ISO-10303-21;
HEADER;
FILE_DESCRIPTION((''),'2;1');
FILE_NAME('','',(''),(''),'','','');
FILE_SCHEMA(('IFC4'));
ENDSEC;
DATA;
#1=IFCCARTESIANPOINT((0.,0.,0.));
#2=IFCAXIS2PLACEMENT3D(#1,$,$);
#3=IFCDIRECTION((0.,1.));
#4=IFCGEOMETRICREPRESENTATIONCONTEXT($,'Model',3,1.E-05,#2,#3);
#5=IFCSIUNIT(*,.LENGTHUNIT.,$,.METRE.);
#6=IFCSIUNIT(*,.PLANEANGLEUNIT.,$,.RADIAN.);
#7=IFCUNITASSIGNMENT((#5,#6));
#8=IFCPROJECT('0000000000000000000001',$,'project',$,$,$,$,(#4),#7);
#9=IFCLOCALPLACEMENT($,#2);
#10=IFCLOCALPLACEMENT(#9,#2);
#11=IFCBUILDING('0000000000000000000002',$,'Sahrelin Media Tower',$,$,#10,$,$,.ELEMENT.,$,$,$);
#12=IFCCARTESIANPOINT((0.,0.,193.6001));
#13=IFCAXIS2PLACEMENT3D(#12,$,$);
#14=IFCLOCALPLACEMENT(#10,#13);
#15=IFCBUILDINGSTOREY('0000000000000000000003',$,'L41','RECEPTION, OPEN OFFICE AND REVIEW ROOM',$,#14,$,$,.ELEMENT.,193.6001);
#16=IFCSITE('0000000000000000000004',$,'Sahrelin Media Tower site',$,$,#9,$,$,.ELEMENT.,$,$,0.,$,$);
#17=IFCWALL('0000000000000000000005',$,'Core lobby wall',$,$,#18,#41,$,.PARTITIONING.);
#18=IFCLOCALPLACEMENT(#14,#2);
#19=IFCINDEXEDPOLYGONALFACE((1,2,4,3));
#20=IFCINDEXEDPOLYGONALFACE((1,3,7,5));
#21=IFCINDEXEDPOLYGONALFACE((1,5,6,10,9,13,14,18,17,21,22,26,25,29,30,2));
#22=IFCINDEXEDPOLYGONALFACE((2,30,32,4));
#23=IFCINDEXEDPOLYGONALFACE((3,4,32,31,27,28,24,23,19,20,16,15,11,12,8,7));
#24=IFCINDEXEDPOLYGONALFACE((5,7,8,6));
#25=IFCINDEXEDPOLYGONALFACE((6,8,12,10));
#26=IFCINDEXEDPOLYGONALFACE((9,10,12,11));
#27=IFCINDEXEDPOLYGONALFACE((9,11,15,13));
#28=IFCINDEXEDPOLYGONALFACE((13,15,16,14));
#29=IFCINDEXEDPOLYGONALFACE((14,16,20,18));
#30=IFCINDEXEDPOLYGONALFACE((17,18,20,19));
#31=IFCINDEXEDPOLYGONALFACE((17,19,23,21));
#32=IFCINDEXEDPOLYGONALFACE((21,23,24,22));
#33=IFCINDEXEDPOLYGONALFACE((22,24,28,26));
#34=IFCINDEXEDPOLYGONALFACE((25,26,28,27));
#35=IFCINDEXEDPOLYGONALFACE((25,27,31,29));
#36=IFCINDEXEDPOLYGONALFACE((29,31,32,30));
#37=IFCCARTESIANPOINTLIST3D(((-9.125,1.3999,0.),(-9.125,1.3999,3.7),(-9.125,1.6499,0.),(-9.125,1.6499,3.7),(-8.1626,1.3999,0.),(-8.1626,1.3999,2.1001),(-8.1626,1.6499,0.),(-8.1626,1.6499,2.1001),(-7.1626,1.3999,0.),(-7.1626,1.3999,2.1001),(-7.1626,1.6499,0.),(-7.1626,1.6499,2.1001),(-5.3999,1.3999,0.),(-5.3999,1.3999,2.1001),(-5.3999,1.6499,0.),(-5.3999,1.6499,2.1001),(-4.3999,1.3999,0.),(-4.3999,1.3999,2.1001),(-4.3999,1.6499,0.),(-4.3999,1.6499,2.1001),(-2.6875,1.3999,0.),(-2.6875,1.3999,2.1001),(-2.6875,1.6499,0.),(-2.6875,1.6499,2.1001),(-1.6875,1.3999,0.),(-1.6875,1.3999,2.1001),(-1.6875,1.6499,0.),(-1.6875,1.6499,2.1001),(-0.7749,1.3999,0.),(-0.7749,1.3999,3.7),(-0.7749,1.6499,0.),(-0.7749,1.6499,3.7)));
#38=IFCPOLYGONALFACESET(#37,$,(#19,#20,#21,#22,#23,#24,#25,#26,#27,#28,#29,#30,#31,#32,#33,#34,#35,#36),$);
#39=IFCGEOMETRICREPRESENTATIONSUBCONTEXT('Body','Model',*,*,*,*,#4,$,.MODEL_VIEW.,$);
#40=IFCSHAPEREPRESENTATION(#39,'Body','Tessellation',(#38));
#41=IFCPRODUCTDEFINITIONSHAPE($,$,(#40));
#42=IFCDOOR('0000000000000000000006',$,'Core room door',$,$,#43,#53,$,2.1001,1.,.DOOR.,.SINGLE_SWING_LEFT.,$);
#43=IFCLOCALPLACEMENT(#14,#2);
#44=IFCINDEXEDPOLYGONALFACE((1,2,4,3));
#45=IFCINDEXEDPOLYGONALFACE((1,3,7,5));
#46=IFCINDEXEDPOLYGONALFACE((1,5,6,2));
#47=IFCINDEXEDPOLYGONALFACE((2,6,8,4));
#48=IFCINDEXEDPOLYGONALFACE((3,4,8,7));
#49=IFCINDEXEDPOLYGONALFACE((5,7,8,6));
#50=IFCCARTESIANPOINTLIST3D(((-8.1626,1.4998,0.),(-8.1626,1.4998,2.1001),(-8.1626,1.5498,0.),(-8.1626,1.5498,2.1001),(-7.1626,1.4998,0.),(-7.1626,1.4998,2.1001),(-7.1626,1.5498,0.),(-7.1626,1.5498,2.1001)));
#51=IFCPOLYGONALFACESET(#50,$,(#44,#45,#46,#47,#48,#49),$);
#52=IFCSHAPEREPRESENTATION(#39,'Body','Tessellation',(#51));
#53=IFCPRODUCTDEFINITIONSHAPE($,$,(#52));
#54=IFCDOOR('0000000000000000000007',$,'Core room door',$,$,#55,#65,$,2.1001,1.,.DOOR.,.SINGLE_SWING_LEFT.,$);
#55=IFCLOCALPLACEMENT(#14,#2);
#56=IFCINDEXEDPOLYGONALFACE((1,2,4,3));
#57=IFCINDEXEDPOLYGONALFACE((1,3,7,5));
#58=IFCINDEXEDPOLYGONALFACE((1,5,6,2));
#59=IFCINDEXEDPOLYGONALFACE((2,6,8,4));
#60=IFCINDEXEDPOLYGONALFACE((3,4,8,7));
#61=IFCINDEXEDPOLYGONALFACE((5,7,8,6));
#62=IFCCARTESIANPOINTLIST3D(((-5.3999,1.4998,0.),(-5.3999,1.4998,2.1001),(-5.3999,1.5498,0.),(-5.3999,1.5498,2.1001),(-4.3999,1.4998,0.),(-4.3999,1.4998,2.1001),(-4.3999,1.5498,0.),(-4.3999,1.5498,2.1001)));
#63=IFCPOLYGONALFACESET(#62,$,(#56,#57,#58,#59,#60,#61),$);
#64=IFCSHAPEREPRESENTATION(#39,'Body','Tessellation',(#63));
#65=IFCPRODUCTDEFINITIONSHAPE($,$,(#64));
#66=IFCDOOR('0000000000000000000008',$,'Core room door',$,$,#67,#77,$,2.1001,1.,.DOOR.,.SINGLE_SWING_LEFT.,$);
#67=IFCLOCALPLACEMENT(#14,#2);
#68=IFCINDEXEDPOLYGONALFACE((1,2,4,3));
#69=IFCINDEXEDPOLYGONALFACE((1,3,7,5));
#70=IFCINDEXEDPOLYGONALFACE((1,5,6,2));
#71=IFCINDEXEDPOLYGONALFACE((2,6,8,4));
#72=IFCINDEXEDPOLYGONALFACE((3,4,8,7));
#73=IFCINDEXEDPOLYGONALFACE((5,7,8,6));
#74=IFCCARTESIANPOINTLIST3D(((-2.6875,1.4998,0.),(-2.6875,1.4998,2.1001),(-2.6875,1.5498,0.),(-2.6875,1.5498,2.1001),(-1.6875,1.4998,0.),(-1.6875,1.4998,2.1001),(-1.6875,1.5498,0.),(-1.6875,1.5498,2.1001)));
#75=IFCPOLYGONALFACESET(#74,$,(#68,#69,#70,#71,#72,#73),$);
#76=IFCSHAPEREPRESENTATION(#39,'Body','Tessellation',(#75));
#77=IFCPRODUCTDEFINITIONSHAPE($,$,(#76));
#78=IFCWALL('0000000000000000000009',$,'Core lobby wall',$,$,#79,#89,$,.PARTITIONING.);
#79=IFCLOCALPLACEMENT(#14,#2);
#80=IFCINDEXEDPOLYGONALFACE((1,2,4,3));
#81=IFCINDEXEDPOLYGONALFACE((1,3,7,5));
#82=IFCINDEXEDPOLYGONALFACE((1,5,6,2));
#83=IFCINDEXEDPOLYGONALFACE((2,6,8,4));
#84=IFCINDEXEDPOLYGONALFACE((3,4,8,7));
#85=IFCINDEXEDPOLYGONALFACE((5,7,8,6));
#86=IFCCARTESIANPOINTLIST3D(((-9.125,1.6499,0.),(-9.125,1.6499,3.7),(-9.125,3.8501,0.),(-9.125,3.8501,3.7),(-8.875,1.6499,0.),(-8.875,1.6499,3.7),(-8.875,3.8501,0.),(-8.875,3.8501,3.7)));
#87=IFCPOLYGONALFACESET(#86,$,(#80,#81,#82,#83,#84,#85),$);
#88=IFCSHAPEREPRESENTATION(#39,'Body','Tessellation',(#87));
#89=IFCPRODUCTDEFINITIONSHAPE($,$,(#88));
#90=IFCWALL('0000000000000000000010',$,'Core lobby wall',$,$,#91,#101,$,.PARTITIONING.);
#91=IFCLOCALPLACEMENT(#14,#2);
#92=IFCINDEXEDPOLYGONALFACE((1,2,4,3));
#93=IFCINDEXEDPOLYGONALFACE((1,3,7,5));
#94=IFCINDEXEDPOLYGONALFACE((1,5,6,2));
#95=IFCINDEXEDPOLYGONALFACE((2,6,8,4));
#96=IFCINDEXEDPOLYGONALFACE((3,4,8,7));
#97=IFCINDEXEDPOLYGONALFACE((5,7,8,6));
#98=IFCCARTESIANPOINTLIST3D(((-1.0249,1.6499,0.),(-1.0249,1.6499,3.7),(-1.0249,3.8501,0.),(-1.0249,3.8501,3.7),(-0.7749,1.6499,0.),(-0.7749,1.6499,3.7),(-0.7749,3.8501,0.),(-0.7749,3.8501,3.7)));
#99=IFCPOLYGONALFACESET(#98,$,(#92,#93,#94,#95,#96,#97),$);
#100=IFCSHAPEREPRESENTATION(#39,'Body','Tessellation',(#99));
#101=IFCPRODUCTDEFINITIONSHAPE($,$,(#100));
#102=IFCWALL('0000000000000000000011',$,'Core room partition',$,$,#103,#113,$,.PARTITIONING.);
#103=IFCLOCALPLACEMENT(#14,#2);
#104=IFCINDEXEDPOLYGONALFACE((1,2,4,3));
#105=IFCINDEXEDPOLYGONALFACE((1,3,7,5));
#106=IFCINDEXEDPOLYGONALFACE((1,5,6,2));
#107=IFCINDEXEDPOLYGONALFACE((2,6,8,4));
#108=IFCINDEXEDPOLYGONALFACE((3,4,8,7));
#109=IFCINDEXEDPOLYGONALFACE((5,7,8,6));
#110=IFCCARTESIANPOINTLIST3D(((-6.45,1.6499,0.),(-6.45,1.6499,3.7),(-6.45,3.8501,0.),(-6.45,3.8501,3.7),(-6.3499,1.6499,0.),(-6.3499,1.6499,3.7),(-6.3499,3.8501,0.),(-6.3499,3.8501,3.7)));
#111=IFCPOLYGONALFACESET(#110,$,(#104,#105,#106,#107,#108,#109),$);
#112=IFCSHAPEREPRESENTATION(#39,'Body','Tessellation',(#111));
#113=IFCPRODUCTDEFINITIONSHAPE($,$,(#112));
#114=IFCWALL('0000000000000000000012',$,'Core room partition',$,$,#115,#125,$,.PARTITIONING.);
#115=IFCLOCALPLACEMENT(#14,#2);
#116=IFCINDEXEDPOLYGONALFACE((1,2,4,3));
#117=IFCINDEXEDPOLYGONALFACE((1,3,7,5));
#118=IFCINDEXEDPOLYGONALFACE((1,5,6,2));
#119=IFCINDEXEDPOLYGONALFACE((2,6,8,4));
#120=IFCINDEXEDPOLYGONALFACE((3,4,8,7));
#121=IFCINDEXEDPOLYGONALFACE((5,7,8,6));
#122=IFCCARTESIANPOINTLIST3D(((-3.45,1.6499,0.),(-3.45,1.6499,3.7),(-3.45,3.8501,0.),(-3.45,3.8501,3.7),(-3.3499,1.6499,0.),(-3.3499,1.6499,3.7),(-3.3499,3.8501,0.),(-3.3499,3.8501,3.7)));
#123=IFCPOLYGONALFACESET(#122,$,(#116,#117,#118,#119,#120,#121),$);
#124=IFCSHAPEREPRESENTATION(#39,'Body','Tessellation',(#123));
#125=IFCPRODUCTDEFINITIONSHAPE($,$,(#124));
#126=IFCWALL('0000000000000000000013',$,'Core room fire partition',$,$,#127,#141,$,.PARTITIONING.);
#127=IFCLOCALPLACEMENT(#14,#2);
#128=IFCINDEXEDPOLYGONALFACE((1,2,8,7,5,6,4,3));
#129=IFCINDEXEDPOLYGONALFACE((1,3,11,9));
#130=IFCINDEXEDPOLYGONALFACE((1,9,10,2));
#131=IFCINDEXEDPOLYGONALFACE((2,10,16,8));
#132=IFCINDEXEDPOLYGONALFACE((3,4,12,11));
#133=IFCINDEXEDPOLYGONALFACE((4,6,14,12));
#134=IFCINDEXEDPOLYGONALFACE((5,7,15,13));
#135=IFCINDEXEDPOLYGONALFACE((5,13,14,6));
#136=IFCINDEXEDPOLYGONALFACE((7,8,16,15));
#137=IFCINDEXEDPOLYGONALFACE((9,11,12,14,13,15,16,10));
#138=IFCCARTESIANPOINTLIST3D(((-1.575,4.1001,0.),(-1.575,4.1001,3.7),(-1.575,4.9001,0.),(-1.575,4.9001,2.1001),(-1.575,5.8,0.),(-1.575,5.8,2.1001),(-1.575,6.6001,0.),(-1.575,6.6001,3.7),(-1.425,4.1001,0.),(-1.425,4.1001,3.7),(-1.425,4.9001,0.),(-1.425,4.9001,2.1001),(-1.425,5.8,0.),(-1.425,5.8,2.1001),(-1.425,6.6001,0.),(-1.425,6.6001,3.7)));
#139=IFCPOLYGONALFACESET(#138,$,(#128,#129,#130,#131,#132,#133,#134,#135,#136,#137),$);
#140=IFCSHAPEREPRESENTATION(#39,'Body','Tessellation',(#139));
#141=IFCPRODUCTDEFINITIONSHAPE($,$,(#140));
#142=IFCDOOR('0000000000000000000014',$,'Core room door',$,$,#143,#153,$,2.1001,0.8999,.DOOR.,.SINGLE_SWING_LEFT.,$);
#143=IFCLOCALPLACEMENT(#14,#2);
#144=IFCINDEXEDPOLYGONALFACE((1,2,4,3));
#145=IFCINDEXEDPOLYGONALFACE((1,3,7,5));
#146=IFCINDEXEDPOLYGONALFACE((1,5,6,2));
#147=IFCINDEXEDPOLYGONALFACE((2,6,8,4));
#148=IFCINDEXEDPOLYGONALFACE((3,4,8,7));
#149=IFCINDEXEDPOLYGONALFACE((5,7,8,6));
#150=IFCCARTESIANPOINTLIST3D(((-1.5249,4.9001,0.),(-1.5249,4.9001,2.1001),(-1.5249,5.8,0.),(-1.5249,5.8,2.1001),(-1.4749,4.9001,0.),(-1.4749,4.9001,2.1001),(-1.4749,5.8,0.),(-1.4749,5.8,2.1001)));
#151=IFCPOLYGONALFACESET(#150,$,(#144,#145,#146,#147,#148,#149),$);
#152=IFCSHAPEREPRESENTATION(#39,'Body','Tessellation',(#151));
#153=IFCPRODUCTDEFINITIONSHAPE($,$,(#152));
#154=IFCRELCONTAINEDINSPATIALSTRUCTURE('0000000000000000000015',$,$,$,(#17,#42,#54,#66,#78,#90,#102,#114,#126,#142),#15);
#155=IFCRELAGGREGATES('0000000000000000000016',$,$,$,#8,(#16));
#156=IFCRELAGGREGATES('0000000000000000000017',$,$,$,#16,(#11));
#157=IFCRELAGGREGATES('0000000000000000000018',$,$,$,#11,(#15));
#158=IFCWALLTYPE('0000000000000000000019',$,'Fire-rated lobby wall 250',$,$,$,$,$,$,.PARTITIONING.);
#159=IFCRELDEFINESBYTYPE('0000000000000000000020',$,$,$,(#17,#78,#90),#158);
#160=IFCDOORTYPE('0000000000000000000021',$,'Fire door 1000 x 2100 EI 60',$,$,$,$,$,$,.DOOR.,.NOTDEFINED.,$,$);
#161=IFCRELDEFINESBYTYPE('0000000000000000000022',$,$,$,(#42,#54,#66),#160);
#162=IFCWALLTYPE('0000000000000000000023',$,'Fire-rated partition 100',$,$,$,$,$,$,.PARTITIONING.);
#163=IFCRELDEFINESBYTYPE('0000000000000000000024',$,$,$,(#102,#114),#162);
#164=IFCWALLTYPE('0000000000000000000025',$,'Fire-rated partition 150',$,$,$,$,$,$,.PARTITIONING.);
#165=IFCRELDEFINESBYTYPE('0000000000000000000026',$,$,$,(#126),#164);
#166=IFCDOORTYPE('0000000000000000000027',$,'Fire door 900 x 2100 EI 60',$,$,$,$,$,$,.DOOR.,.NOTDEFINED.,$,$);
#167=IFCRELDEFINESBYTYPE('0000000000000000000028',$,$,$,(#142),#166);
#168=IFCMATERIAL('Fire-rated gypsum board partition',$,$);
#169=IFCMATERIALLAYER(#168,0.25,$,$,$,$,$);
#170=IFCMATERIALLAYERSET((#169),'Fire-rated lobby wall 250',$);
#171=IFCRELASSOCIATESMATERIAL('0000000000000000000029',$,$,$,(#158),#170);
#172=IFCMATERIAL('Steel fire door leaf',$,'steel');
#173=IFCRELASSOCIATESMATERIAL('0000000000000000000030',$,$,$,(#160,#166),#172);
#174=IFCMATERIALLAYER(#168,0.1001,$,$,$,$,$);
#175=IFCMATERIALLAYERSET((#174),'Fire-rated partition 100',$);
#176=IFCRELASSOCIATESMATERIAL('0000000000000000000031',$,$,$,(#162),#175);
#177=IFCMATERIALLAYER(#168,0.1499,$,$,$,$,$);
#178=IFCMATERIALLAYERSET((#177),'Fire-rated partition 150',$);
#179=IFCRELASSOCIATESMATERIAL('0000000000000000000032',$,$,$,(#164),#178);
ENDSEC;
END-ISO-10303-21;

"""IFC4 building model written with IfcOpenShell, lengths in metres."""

from ifc_helpers import new_model, si_unit, direction, frame, frame_2d, origin, place, context, subcontext, project, spatial, rectangle, extrude, material, layer, layer_set, type_object, element, fill, save


model = new_model("IFC4")

# Units and contexts
model_context = context("Model", 3, precision=1e-05, world=origin(), true_north=direction((0.0, 1.0)))
body_context = subcontext(model_context, "Body", "Model", "MODEL_VIEW")
ifc_project = project(units=[si_unit("LENGTHUNIT", "METRE"), si_unit("PLANEANGLEUNIT", "RADIAN")], contexts=[model_context])

# Site, building, storey
site_placement = place(None, origin())
site = spatial("IfcSite", under=ifc_project, at=site_placement, Name="Sahrelin Media Tower site", CompositionType="ELEMENT", RefElevation=0.0)
building_placement = place(site_placement, origin())
building = spatial("IfcBuilding", under=site, at=building_placement, Name="Sahrelin Media Tower", CompositionType="ELEMENT")
storey_placement = place(building_placement, frame((0.0, 0.0, 193.6001)))
storey = spatial("IfcBuildingStorey", under=building, at=storey_placement, Name="L41", Description="RECEPTION, OPEN OFFICE AND REVIEW ROOM", CompositionType="ELEMENT", Elevation=193.6001)

# Shared definitions
ifc_material_1 = material(Name="Fire-rated gypsum board partition")
ifc_layer_1 = layer(ifc_material_1, 0.25)
ifc_layer_set_1 = layer_set([ifc_layer_1], Name="Fire-rated lobby wall 250")
wall_type_1 = type_object("IfcWallType", Name="Fire-rated lobby wall 250", PredefinedType="PARTITIONING", material=ifc_layer_set_1)
ifc_material_2 = material(Name="Steel fire door leaf", Category="steel")

# Wall, openings, doors
wall_1_placement = place(storey_placement, frame((-9.125, 1.5249, 0.0), z_axis=(0.0, 0.0, 1.0), x_axis=(1.0, 0.0, 0.0)))
wall_1 = element("IfcWall", 1, at=wall_1_placement, inside=storey, type_object=wall_type_1, Name="Core lobby wall", PredefinedType="PARTITIONING", context=body_context, shape_type="SweptSolid", body=[
    extrude(rectangle(XDim=8.3501, YDim=0.25, at=frame_2d((4.175, 0.0))), origin(), (0.0, 0.0, 1.0), 3.7),
])
opening_1_placement = place(wall_1_placement, frame((0.9624, 0.0, 0.0)))
opening_1 = element("IfcOpeningElement", 2, at=opening_1_placement, cuts=wall_1, PredefinedType="OPENING", context=body_context, shape_type="SweptSolid", body=[
    extrude(rectangle(XDim=1.0, YDim=2.1001, at=frame_2d((0.5, 1.05))), frame((0.0, 0.125, 0.0), z_axis=(0.0, -1.0, 0.0), x_axis=(1.0, 0.0, 0.0)), (0.0, 0.0, 1.0), 0.25),
])
opening_2_placement = place(wall_1_placement, frame((3.7251, 0.0, 0.0)))
opening_2 = element("IfcOpeningElement", 3, at=opening_2_placement, cuts=wall_1, PredefinedType="OPENING", context=body_context, shape_type="SweptSolid", body=[
    extrude(rectangle(XDim=1.0, YDim=2.1001, at=frame_2d((0.5, 1.05))), frame((0.0, 0.125, 0.0), z_axis=(0.0, -1.0, 0.0), x_axis=(1.0, 0.0, 0.0)), (0.0, 0.0, 1.0), 0.25),
])
opening_3_placement = place(wall_1_placement, frame((6.4375, 0.0, 0.0)))
opening_3 = element("IfcOpeningElement", 4, at=opening_3_placement, cuts=wall_1, PredefinedType="OPENING", context=body_context, shape_type="SweptSolid", body=[
    extrude(rectangle(XDim=1.0, YDim=2.1001, at=frame_2d((0.5, 1.05))), frame((0.0, 0.125, 0.0), z_axis=(0.0, -1.0, 0.0), x_axis=(1.0, 0.0, 0.0)), (0.0, 0.0, 1.0), 0.25),
])
door_type_1 = type_object("IfcDoorType", Name="Fire door 1000 x 2100 EI 60", OperationType="NOTDEFINED", PredefinedType="DOOR", material=ifc_material_2)
door_1_placement = place(opening_1_placement, origin())
door_1 = element("IfcDoor", 5, at=door_1_placement, inside=storey, type_object=door_type_1, Name="Core room door", OperationType="SINGLE_SWING_LEFT", OverallHeight=2.1001, OverallWidth=1.0, PredefinedType="DOOR", context=body_context, shape_type="SweptSolid", body=[
    extrude(rectangle(XDim=1.0, YDim=2.1001, at=frame_2d((0.5, 1.05))), frame((0.0, 0.0249, 0.0), z_axis=(0.0, -1.0, 0.0), x_axis=(1.0, 0.0, 0.0)), (0.0, 0.0, 1.0), 0.05),
])
fill(opening_1, door_1)
door_2_placement = place(opening_2_placement, origin())
door_2 = element("IfcDoor", 6, at=door_2_placement, inside=storey, type_object=door_type_1, Name="Core room door", OperationType="SINGLE_SWING_LEFT", OverallHeight=2.1001, OverallWidth=1.0, PredefinedType="DOOR", context=body_context, shape_type="SweptSolid", body=[
    extrude(rectangle(XDim=1.0, YDim=2.1001, at=frame_2d((0.5, 1.05))), frame((0.0, 0.0249, 0.0), z_axis=(0.0, -1.0, 0.0), x_axis=(1.0, 0.0, 0.0)), (0.0, 0.0, 1.0), 0.05),
])
fill(opening_2, door_2)
door_3_placement = place(opening_3_placement, origin())
door_3 = element("IfcDoor", 7, at=door_3_placement, inside=storey, type_object=door_type_1, Name="Core room door", OperationType="SINGLE_SWING_LEFT", OverallHeight=2.1001, OverallWidth=1.0, PredefinedType="DOOR", context=body_context, shape_type="SweptSolid", body=[
    extrude(rectangle(XDim=1.0, YDim=2.1001, at=frame_2d((0.5, 1.05))), frame((0.0, 0.0249, 0.0), z_axis=(0.0, -1.0, 0.0), x_axis=(1.0, 0.0, 0.0)), (0.0, 0.0, 1.0), 0.05),
])
fill(opening_3, door_3)

# Walls
for number, where, z_axis, x_axis, name in (
    (8, (-9.0, 1.6499, 0.0), (0.0, 0.0, 1.0), (0.0, 1.0, 0.0), "Core lobby wall"),
    (9, (-0.8999, 1.6499, 0.0), (0.0, 0.0, 1.0), (0.0, 1.0, 0.0), "Core lobby wall"),
):
    element("IfcWall", number, at=place(storey_placement, frame(where, z_axis=z_axis, x_axis=x_axis)), inside=storey, type_object=wall_type_1, Name=name, PredefinedType="PARTITIONING", context=body_context, shape_type="SweptSolid", body=[
        extrude(rectangle(XDim=2.2002, YDim=0.25, at=frame_2d((1.1001, 0.0))), origin(), (0.0, 0.0, 1.0), 3.7),
    ])
ifc_layer_2 = layer(ifc_material_1, 0.1001)
ifc_layer_set_2 = layer_set([ifc_layer_2], Name="Fire-rated partition 100")
wall_type_2 = type_object("IfcWallType", Name="Fire-rated partition 100", PredefinedType="PARTITIONING", material=ifc_layer_set_2)
for number, where, z_axis, x_axis, name in (
    (10, (-6.3999, 1.6499, 0.0), (0.0, 0.0, 1.0), (0.0, 1.0, 0.0), "Core room partition"),
    (11, (-3.3999, 1.6499, 0.0), (0.0, 0.0, 1.0), (0.0, 1.0, 0.0), "Core room partition"),
):
    element("IfcWall", number, at=place(storey_placement, frame(where, z_axis=z_axis, x_axis=x_axis)), inside=storey, type_object=wall_type_2, Name=name, PredefinedType="PARTITIONING", context=body_context, shape_type="SweptSolid", body=[
        extrude(rectangle(XDim=2.2002, YDim=0.1001, at=frame_2d((1.1001, 0.0))), origin(), (0.0, 0.0, 1.0), 3.7),
    ])

# Wall, opening, door
ifc_layer_3 = layer(ifc_material_1, 0.1499)
ifc_layer_set_3 = layer_set([ifc_layer_3], Name="Fire-rated partition 150")
wall_type_3 = type_object("IfcWallType", Name="Fire-rated partition 150", PredefinedType="PARTITIONING", material=ifc_layer_set_3)
wall_2_placement = place(storey_placement, frame((-1.5, 4.1001, 0.0), z_axis=(0.0, 0.0, 1.0), x_axis=(0.0, 1.0, 0.0)))
wall_2 = element("IfcWall", 12, at=wall_2_placement, inside=storey, type_object=wall_type_3, Name="Core room fire partition", PredefinedType="PARTITIONING", context=body_context, shape_type="SweptSolid", body=[
    extrude(rectangle(XDim=2.5, YDim=0.1499, at=frame_2d((1.25, 0.0))), origin(), (0.0, 0.0, 1.0), 3.7),
])
opening_4_placement = place(wall_2_placement, frame((0.8, 0.0, 0.0)))
opening_4 = element("IfcOpeningElement", 13, at=opening_4_placement, cuts=wall_2, PredefinedType="OPENING", context=body_context, shape_type="SweptSolid", body=[
    extrude(rectangle(XDim=0.8999, YDim=2.1001, at=frame_2d((0.45, 1.05))), frame((0.0, 0.075, 0.0), z_axis=(0.0, -1.0, 0.0), x_axis=(1.0, 0.0, 0.0)), (0.0, 0.0, 1.0), 0.1499),
])
door_type_2 = type_object("IfcDoorType", Name="Fire door 900 x 2100 EI 60", OperationType="NOTDEFINED", PredefinedType="DOOR", material=ifc_material_2)
door_4_placement = place(opening_4_placement, origin())
door_4 = element("IfcDoor", 14, at=door_4_placement, inside=storey, type_object=door_type_2, Name="Core room door", OperationType="SINGLE_SWING_LEFT", OverallHeight=2.1001, OverallWidth=0.8999, PredefinedType="DOOR", context=body_context, shape_type="SweptSolid", body=[
    extrude(rectangle(XDim=0.8999, YDim=2.1001, at=frame_2d((0.45, 1.05))), frame((0.0, 0.0249, 0.0), z_axis=(0.0, -1.0, 0.0), x_axis=(1.0, 0.0, 0.0)), (0.0, 0.0, 1.0), 0.05),
])
fill(opening_4, door_4)

save(model, "model.ifc")
